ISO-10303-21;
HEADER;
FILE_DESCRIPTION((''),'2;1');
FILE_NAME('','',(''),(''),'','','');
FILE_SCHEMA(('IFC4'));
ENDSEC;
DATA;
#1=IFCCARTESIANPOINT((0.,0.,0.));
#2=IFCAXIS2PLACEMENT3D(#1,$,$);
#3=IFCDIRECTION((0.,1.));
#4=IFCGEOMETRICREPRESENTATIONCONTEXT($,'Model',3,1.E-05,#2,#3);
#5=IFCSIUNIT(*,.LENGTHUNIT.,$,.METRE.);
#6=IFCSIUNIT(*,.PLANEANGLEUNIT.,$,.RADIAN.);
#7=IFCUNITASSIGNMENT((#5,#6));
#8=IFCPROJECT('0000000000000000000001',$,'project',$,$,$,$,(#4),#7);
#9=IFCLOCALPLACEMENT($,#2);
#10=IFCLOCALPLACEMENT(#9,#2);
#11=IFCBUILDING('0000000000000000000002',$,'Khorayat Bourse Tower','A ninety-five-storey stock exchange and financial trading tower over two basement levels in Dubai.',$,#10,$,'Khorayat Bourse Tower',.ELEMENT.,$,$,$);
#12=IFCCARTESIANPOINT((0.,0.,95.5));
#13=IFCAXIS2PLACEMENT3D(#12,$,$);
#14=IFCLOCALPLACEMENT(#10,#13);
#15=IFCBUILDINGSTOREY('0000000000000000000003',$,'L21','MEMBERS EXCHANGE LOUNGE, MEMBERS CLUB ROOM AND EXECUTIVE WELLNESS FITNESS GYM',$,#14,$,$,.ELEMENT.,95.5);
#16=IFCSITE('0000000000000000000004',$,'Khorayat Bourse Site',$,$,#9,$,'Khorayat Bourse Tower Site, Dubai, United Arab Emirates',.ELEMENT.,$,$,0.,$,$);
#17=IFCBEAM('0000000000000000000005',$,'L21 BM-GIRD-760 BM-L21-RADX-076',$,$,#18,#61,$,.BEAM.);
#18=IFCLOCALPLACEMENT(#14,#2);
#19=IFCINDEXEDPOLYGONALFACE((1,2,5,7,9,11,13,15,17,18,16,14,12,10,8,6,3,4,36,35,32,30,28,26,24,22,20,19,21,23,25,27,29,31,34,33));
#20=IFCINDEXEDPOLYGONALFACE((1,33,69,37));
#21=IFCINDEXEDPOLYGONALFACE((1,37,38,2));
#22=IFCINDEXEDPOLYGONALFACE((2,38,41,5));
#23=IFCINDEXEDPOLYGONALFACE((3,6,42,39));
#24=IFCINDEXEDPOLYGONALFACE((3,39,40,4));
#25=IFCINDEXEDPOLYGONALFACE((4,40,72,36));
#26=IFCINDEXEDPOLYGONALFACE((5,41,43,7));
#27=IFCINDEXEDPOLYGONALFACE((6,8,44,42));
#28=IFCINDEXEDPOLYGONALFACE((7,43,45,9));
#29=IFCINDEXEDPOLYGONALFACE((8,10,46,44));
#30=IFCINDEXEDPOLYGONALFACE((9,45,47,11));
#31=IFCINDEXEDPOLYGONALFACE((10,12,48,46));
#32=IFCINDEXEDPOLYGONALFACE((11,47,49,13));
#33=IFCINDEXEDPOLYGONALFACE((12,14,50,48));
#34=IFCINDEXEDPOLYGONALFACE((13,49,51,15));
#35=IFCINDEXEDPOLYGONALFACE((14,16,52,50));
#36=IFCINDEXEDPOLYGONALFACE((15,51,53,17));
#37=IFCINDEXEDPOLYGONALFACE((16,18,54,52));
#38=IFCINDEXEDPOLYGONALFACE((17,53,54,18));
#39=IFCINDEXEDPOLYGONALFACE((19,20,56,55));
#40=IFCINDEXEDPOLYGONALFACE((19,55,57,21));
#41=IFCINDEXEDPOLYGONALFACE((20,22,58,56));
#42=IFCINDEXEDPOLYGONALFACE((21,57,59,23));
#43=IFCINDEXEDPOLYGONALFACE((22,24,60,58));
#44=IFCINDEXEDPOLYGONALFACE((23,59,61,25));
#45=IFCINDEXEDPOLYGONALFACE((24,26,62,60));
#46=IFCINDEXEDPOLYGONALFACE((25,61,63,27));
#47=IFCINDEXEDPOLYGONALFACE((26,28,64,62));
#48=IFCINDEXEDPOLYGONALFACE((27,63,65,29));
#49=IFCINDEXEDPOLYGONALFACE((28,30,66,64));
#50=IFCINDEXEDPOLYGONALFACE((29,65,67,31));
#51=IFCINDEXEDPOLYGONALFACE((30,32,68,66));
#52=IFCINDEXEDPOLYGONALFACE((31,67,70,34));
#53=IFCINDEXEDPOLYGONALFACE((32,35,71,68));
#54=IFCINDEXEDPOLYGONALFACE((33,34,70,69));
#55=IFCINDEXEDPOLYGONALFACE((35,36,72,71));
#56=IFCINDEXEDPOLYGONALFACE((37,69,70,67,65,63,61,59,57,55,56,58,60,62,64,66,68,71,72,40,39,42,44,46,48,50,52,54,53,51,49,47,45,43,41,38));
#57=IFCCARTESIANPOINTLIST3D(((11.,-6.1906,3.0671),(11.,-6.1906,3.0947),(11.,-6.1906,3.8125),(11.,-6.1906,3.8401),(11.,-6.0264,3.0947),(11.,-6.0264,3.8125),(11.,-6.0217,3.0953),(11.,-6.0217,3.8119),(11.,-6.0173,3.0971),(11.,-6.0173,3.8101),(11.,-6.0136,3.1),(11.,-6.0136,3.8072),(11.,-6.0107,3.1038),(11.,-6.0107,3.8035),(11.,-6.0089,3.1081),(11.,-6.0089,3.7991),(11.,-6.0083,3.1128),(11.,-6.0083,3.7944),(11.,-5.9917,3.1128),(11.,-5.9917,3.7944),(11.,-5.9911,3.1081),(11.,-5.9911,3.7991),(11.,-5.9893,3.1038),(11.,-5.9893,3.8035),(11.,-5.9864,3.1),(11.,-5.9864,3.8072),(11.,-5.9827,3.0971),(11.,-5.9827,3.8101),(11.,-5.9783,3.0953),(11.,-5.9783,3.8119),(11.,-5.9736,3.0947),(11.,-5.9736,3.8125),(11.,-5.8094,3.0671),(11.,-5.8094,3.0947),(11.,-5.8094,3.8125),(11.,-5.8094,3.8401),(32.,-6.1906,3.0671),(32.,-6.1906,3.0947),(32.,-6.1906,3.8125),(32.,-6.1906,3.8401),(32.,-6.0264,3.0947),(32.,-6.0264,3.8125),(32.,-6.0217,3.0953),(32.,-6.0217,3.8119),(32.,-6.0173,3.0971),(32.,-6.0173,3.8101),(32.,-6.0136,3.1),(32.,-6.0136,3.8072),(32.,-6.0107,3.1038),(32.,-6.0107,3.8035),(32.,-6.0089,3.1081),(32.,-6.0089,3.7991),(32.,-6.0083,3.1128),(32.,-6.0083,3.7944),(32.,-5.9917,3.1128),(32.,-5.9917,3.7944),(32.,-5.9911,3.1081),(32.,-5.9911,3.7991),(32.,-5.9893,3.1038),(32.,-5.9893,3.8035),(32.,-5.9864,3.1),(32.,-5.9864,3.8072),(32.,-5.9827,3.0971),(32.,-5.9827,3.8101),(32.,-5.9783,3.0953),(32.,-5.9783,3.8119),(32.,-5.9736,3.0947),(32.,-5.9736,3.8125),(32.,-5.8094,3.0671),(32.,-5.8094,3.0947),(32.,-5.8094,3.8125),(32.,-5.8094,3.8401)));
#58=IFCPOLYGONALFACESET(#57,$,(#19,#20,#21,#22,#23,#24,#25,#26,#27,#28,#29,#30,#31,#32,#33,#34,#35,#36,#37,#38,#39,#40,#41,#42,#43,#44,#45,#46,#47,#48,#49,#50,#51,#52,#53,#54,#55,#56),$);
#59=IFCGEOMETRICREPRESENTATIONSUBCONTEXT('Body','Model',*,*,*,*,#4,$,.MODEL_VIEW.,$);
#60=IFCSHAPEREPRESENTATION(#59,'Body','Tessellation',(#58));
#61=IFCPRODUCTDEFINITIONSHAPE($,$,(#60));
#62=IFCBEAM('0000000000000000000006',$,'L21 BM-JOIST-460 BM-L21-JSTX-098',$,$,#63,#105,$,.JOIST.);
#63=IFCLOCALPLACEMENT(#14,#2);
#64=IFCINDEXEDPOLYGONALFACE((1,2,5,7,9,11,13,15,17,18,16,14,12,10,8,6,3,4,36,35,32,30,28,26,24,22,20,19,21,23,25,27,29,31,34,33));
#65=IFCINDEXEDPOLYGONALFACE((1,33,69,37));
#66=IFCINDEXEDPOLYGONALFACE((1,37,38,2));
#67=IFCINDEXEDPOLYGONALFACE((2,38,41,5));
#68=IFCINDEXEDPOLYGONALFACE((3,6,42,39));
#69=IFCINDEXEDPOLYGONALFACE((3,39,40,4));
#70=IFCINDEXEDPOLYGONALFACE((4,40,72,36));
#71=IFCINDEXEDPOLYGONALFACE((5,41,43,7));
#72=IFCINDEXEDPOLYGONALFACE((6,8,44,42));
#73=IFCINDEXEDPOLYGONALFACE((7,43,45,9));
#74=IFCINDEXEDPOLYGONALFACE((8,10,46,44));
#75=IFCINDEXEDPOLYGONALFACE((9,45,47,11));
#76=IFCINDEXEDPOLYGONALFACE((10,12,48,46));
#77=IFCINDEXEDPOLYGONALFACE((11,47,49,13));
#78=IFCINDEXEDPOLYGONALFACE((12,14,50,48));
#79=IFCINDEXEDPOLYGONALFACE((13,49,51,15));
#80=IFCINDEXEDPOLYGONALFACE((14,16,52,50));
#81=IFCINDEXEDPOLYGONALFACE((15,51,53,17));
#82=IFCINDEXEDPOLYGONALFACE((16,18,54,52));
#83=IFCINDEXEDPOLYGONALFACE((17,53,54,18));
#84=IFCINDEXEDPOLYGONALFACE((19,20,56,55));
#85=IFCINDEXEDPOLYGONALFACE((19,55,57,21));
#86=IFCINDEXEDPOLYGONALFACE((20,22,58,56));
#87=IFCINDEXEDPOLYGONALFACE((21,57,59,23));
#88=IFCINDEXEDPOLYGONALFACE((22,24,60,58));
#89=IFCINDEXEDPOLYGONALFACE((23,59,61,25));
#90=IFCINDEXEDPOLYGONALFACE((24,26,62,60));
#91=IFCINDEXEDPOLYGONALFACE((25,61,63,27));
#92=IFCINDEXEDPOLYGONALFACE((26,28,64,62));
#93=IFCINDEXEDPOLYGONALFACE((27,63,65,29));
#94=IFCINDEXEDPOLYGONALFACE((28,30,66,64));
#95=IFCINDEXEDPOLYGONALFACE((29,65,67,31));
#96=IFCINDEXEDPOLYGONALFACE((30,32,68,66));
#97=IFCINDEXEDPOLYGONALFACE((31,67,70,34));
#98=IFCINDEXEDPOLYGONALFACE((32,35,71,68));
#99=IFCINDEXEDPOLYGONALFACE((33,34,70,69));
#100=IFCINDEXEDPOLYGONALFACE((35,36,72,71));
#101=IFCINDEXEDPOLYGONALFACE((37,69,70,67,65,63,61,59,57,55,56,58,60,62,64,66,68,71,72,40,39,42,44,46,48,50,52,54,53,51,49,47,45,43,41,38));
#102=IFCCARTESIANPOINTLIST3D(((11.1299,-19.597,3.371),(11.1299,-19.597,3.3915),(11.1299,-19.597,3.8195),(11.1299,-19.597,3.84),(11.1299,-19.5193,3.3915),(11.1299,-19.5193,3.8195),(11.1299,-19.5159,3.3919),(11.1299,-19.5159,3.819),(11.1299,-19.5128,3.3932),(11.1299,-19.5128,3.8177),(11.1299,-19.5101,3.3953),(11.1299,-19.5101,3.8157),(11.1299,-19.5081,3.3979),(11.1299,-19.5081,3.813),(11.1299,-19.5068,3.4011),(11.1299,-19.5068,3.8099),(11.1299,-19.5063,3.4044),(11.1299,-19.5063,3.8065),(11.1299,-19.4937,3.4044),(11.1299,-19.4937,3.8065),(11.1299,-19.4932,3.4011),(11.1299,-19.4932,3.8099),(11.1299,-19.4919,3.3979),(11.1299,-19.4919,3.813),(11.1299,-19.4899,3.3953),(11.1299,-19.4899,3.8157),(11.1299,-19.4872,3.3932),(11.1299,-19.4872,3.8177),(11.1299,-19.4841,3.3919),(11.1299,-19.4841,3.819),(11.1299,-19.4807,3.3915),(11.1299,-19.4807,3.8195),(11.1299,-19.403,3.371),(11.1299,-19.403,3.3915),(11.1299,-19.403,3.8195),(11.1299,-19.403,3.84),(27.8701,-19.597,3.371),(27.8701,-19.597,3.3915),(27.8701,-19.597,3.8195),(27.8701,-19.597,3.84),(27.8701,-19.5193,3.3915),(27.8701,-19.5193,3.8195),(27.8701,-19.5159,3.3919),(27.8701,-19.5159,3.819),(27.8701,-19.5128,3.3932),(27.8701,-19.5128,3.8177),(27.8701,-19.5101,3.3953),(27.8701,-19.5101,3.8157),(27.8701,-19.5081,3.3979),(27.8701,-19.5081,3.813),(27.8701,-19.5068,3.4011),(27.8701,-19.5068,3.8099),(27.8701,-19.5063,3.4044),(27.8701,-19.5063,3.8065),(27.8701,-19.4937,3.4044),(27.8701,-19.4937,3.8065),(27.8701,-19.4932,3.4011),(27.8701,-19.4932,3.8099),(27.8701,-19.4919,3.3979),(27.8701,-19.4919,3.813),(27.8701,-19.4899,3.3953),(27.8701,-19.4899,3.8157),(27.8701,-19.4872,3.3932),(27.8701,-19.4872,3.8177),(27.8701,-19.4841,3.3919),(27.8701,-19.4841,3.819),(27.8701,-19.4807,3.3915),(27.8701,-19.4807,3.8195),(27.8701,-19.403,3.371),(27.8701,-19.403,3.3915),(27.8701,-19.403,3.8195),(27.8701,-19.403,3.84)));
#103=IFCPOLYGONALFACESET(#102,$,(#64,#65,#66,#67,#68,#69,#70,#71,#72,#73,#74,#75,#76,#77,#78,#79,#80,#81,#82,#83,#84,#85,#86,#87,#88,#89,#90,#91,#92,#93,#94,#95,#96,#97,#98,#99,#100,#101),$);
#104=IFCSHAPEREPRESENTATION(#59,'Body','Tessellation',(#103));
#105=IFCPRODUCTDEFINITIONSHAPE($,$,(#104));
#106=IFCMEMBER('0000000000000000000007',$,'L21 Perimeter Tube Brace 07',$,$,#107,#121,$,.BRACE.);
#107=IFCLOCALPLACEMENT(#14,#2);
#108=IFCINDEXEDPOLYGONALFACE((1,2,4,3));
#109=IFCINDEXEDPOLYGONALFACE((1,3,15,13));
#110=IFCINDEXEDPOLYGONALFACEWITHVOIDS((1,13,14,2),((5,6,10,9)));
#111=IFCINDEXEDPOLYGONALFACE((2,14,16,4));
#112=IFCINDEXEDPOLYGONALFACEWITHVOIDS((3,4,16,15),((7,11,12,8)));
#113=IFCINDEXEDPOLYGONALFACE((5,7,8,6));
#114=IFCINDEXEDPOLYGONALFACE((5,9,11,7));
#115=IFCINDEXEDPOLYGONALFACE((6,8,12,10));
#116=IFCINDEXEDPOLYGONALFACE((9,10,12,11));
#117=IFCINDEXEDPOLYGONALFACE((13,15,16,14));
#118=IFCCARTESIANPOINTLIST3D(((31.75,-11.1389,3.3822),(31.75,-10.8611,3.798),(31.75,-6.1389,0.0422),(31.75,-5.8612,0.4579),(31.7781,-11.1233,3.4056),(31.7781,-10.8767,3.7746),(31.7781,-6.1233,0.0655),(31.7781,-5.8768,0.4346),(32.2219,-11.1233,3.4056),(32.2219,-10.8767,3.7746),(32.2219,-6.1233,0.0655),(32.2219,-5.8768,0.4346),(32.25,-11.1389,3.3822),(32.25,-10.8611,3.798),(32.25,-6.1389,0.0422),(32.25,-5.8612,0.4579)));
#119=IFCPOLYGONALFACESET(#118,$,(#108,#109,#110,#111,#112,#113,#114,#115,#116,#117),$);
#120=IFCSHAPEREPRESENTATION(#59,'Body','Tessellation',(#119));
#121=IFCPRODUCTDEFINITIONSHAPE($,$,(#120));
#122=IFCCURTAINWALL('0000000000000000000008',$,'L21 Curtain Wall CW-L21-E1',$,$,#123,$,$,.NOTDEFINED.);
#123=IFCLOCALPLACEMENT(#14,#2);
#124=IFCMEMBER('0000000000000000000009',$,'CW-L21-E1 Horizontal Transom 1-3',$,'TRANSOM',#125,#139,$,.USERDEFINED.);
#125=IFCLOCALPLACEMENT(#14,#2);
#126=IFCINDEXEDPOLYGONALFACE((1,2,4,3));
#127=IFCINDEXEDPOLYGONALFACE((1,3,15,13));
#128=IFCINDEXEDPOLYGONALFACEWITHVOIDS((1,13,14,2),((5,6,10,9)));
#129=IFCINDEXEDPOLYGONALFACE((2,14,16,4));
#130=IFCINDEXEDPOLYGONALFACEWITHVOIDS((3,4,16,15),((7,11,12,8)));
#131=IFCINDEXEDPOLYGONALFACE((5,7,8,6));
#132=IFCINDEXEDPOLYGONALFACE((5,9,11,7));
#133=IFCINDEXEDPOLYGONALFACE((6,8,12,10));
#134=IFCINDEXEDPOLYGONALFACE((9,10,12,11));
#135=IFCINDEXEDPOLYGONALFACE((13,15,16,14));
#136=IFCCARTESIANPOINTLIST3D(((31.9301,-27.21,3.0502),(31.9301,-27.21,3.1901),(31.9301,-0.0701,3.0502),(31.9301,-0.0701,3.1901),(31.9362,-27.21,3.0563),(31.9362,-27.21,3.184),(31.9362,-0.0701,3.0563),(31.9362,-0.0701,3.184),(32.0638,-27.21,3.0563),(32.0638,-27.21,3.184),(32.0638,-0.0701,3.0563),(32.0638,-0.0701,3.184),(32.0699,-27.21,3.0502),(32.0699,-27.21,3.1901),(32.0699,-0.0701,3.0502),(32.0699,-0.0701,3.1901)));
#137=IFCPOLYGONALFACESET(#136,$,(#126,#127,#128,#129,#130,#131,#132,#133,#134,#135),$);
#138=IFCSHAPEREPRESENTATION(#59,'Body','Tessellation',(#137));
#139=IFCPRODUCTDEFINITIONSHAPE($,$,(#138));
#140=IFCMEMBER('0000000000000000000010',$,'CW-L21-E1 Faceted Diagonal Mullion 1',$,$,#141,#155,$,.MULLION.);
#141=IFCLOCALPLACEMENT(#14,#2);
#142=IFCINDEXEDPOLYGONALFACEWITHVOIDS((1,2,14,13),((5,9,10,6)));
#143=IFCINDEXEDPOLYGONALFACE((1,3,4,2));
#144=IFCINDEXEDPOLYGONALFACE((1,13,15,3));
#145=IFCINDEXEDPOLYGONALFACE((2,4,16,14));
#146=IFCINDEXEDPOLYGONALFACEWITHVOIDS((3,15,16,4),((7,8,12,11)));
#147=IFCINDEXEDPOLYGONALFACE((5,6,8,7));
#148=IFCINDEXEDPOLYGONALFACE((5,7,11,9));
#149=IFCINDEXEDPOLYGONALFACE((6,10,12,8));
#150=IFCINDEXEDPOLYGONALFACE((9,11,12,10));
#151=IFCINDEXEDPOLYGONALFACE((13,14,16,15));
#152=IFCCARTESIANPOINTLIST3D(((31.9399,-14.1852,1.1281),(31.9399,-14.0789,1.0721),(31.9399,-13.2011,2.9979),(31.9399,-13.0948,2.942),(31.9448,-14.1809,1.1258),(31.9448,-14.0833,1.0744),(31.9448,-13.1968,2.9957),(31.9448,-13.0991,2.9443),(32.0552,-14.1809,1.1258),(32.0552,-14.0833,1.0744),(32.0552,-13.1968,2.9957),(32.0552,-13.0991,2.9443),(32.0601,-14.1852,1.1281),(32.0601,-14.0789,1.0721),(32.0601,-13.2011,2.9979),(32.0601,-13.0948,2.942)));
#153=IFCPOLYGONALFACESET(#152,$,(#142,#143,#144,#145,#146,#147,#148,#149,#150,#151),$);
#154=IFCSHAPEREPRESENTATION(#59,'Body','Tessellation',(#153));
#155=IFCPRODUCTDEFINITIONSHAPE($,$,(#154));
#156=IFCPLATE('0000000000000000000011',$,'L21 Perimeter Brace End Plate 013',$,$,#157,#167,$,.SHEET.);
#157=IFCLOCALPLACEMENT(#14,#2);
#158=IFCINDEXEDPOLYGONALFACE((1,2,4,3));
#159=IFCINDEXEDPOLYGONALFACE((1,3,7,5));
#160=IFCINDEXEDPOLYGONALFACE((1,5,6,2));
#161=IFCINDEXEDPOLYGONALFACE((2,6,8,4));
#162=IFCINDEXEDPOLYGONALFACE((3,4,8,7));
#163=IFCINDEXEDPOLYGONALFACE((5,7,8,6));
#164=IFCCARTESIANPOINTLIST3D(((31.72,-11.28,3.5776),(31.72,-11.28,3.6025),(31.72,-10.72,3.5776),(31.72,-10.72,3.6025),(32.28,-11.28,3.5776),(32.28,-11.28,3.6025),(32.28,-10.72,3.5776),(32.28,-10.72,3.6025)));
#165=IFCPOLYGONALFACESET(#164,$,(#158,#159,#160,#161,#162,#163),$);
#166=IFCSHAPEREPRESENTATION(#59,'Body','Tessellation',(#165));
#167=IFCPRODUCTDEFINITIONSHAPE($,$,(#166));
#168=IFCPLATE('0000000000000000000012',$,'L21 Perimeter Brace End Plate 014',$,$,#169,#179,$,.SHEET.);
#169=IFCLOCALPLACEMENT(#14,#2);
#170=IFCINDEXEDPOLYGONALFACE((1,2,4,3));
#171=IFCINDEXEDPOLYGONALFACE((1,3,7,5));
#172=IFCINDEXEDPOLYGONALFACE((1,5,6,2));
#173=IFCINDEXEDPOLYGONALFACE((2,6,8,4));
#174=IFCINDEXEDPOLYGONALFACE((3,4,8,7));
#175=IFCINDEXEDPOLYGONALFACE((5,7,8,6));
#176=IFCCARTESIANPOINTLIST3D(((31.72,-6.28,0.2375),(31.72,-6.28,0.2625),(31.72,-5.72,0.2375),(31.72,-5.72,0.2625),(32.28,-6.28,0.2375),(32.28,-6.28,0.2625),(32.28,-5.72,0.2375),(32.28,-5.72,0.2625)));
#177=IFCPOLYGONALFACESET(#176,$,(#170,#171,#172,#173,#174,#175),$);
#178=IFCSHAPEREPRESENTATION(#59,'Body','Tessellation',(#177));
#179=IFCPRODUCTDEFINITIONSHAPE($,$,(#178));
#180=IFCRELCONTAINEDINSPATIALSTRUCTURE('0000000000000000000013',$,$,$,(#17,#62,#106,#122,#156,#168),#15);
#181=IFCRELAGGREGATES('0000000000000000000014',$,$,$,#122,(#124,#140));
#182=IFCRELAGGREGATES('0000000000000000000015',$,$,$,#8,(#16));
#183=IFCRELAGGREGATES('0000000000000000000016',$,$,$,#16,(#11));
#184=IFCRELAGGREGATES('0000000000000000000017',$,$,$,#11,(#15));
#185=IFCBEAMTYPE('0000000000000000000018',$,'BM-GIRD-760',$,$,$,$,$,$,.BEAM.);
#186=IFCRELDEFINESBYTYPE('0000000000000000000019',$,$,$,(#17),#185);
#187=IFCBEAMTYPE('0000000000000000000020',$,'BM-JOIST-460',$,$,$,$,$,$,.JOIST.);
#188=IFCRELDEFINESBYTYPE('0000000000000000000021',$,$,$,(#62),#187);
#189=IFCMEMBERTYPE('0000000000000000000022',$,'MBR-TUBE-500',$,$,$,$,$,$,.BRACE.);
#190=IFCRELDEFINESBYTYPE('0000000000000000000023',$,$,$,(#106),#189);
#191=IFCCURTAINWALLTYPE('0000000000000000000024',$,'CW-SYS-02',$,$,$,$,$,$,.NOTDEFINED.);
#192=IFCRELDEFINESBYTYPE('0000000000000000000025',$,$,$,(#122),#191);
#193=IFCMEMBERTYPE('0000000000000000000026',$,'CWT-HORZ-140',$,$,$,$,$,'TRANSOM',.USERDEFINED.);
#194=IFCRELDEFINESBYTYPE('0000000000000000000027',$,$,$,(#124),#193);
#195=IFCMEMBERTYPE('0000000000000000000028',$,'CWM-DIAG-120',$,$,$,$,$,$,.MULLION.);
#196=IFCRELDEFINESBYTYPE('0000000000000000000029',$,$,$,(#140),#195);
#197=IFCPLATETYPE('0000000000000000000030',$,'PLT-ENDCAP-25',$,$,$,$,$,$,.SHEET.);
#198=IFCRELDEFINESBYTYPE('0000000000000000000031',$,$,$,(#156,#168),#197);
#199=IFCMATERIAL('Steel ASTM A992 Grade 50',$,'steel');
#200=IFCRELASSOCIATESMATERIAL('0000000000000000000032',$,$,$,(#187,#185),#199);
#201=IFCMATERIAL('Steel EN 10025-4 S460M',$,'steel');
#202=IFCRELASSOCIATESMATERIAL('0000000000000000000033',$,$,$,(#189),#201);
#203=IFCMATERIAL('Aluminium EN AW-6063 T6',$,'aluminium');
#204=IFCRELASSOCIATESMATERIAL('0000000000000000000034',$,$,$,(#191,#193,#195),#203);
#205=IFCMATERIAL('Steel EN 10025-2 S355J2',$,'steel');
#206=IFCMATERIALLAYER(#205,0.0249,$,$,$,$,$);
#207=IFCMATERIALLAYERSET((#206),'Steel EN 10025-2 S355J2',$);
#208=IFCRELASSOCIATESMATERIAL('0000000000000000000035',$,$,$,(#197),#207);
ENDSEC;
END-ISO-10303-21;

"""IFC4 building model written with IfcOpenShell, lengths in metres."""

from ifc_helpers import new_model, si_unit, direction, frame, origin, origin_2d, place, context, subcontext, project, spatial, rectangle, hollow_rectangle, i_section, extrude, source, transform, mapped, material, layer, layer_set, material_profile, profile_set, type_object, element, aggregate, save


model = new_model("IFC4")

# Units and contexts
model_context = context("Model", 3, precision=1e-05, world=origin(), true_north=direction((0.0, 1.0)))
body_context = subcontext(model_context, "Body", "Model", "MODEL_VIEW")
ifc_project = project(units=[si_unit("LENGTHUNIT", "METRE"), si_unit("PLANEANGLEUNIT", "RADIAN")], contexts=[model_context])

# Site, building, storey
site_placement = place(None, origin())
site = spatial("IfcSite", under=ifc_project, at=site_placement, Name="Khorayat Bourse Site", LongName="Khorayat Bourse Tower Site, Dubai, United Arab Emirates", CompositionType="ELEMENT", RefElevation=0.0)
building_placement = place(site_placement, origin())
building = spatial("IfcBuilding", under=site, at=building_placement, Name="Khorayat Bourse Tower", Description="A ninety-five-storey stock exchange and financial trading tower over two basement levels in Dubai.", LongName="Khorayat Bourse Tower", CompositionType="ELEMENT")
storey_placement = place(building_placement, frame((0.0, 0.0, 95.5)))
storey = spatial("IfcBuildingStorey", under=building, at=storey_placement, Name="L21", Description="MEMBERS EXCHANGE LOUNGE, MEMBERS CLUB ROOM AND EXECUTIVE WELLNESS FITNESS GYM", CompositionType="ELEMENT", Elevation=95.5)

# Shared definitions
ifc_material_1 = material(Name="Steel EN 10025-4 S460M", Category="steel")

# Beams
ifc_material_2 = material(Name="Steel ASTM A992 Grade 50", Category="steel")
ifc_material_profile_1 = material_profile(ifc_material_2, i_section(OverallWidth=0.1941, OverallDepth=0.469, WebThickness=0.0127, FlangeThickness=0.0205, FilletRadius=0.0129, at=origin_2d()), Name="W460X106")
ifc_profile_set_1 = profile_set([ifc_material_profile_1], Name="Steel ASTM A992 Grade 50")
beam_type_1 = type_object("IfcBeamType", Name="BM-JOIST-460", PredefinedType="JOIST", material=ifc_profile_set_1)
ifc_material_profile_2 = material_profile(ifc_material_2, i_section(OverallWidth=0.3811, OverallDepth=0.7729, WebThickness=0.0166, FlangeThickness=0.0276, FilletRadius=0.0181, at=origin_2d()), Name="W760X257")
ifc_profile_set_2 = profile_set([ifc_material_profile_2], Name="Steel ASTM A992 Grade 50")
beam_type_2 = type_object("IfcBeamType", Name="BM-GIRD-760", PredefinedType="BEAM", material=ifc_profile_set_2)
shared_shape_1 = source(origin(), body_context, "Body", "SweptSolid", [
    extrude(i_section(OverallWidth=0.3811, OverallDepth=0.7729, WebThickness=0.0166, FlangeThickness=0.0276, FilletRadius=0.0181, at=origin_2d()), origin(), (0.0, 0.0, 1.0), 21.0),
])
beam_1_placement = place(storey_placement, frame((11.0, -6.0, 3.4536), z_axis=(1.0, 0.0, 0.0), x_axis=(0.0, 1.0, 0.0)))
element("IfcBeam", 1, at=beam_1_placement, inside=storey, type_object=beam_type_2, Name="L21 BM-GIRD-760 BM-L21-RADX-076", PredefinedType="BEAM", context=body_context, shape_type="MappedRepresentation", body=[
    mapped(shared_shape_1, transform((0.0, 0.0, 0.0), scale=1.0)),
])
shared_shape_2 = source(origin(), body_context, "Body", "SweptSolid", [
    extrude(i_section(OverallWidth=0.1941, OverallDepth=0.469, WebThickness=0.0127, FlangeThickness=0.0205, FilletRadius=0.0129, at=origin_2d()), origin(), (0.0, 0.0, 1.0), 16.7402),
])
beam_2_placement = place(storey_placement, frame((11.1299, -19.5, 3.6055), z_axis=(1.0, 0.0, 0.0), x_axis=(0.0, 1.0, 0.0)))
element("IfcBeam", 2, at=beam_2_placement, inside=storey, type_object=beam_type_1, Name="L21 BM-JOIST-460 BM-L21-JSTX-098", PredefinedType="JOIST", context=body_context, shape_type="MappedRepresentation", body=[
    mapped(shared_shape_2, transform((0.0, 0.0, 0.0), scale=1.0)),
])

# Member
ifc_material_profile_3 = material_profile(ifc_material_1, hollow_rectangle(XDim=0.5, YDim=0.5, WallThickness=0.0281, at=origin_2d()), Name="HSS 500x500x28")
ifc_profile_set_3 = profile_set([ifc_material_profile_3], Name="Steel EN 10025-4 S460M")
member_type_1 = type_object("IfcMemberType", Name="MBR-TUBE-500", PredefinedType="BRACE", material=ifc_profile_set_3)
shared_shape_3 = source(origin(), body_context, "Body", "SweptSolid", [
    extrude(hollow_rectangle(XDim=0.5, YDim=0.5, WallThickness=0.0281, at=origin_2d()), origin(), (0.0, 0.0, 1.0), 6.0129),
])
member_1_placement = place(storey_placement, frame((32.0, -11.0, 3.5901), z_axis=(0.0, 0.831531, -0.555478), x_axis=(-1.0, 0.0, 0.0)))
element("IfcMember", 3, at=member_1_placement, inside=storey, type_object=member_type_1, Name="L21 Perimeter Tube Brace 07", PredefinedType="BRACE", context=body_context, shape_type="MappedRepresentation", body=[
    mapped(shared_shape_3, transform((0.0, 0.0, 0.0), scale=1.0)),
])

# Curtain wall, members
ifc_material_3 = material(Name="Aluminium EN AW-6063 T6", Category="aluminium")
curtain_wall_type = type_object("IfcCurtainWallType", Name="CW-SYS-02", PredefinedType="NOTDEFINED", material=ifc_material_3)
curtain_wall_placement = place(storey_placement, origin())
curtain_wall = element("IfcCurtainWall", 4, at=curtain_wall_placement, inside=storey, type_object=curtain_wall_type, Name="L21 Curtain Wall CW-L21-E1", PredefinedType="NOTDEFINED")
ifc_material_profile_4 = material_profile(ifc_material_3, hollow_rectangle(XDim=0.1399, YDim=0.1399, WallThickness=0.0061, at=origin_2d()), Name="ALU 140x140x6")
ifc_profile_set_4 = profile_set([ifc_material_profile_4], Name="Aluminium EN AW-6063 T6")
member_type_2 = type_object("IfcMemberType", Name="CWT-HORZ-140", ElementType="TRANSOM", PredefinedType="USERDEFINED", material=ifc_profile_set_4)
shared_shape_4 = source(origin(), body_context, "Body", "SweptSolid", [
    extrude(hollow_rectangle(XDim=0.1399, YDim=0.1399, WallThickness=0.0061, at=origin_2d()), origin(), (0.0, 0.0, 1.0), 27.1399),
])
member_2_placement = place(storey_placement, frame((32.0, -27.21, 3.1201), z_axis=(0.0, 1.0, 0.0), x_axis=(-1.0, 0.0, 0.0)))
member_2 = element("IfcMember", 5, at=member_2_placement, type_object=member_type_2, Name="CW-L21-E1 Horizontal Transom 1-3", ObjectType="TRANSOM", PredefinedType="USERDEFINED", context=body_context, shape_type="MappedRepresentation", body=[
    mapped(shared_shape_4, transform((0.0, 0.0, 0.0), scale=1.0)),
])
ifc_material_profile_5 = material_profile(ifc_material_3, hollow_rectangle(XDim=0.1201, YDim=0.1201, WallThickness=0.0049, at=origin_2d()), Name="ALU 120x120x5")
ifc_profile_set_5 = profile_set([ifc_material_profile_5], Name="Aluminium EN AW-6063 T6")
member_type_3 = type_object("IfcMemberType", Name="CWM-DIAG-120", PredefinedType="MULLION", material=ifc_profile_set_5)
shared_shape_5 = source(origin(), body_context, "Body", "SweptSolid", [
    extrude(hollow_rectangle(XDim=0.1201, YDim=0.1201, WallThickness=0.0049, at=origin_2d()), origin(), (0.0, 0.0, 1.0), 2.113),
])
member_3_placement = place(storey_placement, frame((32.0, -14.1321, 1.1001), z_axis=(0.0, 0.465742, 0.884921), x_axis=(-1.0, 0.0, 0.0)))
member_3 = element("IfcMember", 6, at=member_3_placement, type_object=member_type_3, Name="CW-L21-E1 Faceted Diagonal Mullion 1", PredefinedType="MULLION", context=body_context, shape_type="MappedRepresentation", body=[
    mapped(shared_shape_5, transform((0.0, 0.0, 0.0), scale=1.0)),
])

# Plates
ifc_material_4 = material(Name="Steel EN 10025-2 S355J2", Category="steel")
ifc_layer_1 = layer(ifc_material_4, 0.0249)
ifc_layer_set_1 = layer_set([ifc_layer_1], Name="Steel EN 10025-2 S355J2")
plate_type_1 = type_object("IfcPlateType", Name="PLT-ENDCAP-25", PredefinedType="SHEET", material=ifc_layer_set_1)
shared_shape_6 = source(origin(), body_context, "Body", "SweptSolid", [
    extrude(rectangle(XDim=0.5601, YDim=0.5601, at=origin_2d()), origin(), (0.0, 0.0, 1.0), 0.0249),
])
for number, where, z_axis, x_axis, name in (
    (7, (32.0, -11.0, 3.5776), (0.0, 0.0, 1.0), (1.0, 0.0, 0.0), "L21 Perimeter Brace End Plate 013"),
    (8, (32.0, -6.0, 0.2375), (0.0, 0.0, 1.0), (1.0, 0.0, 0.0), "L21 Perimeter Brace End Plate 014"),
):
    element("IfcPlate", number, at=place(storey_placement, frame(where, z_axis=z_axis, x_axis=x_axis)), inside=storey, type_object=plate_type_1, Name=name, PredefinedType="SHEET", context=body_context, shape_type="MappedRepresentation", body=[
        mapped(shared_shape_6, transform((0.0, 0.0, 0.0), scale=1.0)),
    ])

aggregate(curtain_wall, [member_2, member_3])

save(model, "model.ifc")
